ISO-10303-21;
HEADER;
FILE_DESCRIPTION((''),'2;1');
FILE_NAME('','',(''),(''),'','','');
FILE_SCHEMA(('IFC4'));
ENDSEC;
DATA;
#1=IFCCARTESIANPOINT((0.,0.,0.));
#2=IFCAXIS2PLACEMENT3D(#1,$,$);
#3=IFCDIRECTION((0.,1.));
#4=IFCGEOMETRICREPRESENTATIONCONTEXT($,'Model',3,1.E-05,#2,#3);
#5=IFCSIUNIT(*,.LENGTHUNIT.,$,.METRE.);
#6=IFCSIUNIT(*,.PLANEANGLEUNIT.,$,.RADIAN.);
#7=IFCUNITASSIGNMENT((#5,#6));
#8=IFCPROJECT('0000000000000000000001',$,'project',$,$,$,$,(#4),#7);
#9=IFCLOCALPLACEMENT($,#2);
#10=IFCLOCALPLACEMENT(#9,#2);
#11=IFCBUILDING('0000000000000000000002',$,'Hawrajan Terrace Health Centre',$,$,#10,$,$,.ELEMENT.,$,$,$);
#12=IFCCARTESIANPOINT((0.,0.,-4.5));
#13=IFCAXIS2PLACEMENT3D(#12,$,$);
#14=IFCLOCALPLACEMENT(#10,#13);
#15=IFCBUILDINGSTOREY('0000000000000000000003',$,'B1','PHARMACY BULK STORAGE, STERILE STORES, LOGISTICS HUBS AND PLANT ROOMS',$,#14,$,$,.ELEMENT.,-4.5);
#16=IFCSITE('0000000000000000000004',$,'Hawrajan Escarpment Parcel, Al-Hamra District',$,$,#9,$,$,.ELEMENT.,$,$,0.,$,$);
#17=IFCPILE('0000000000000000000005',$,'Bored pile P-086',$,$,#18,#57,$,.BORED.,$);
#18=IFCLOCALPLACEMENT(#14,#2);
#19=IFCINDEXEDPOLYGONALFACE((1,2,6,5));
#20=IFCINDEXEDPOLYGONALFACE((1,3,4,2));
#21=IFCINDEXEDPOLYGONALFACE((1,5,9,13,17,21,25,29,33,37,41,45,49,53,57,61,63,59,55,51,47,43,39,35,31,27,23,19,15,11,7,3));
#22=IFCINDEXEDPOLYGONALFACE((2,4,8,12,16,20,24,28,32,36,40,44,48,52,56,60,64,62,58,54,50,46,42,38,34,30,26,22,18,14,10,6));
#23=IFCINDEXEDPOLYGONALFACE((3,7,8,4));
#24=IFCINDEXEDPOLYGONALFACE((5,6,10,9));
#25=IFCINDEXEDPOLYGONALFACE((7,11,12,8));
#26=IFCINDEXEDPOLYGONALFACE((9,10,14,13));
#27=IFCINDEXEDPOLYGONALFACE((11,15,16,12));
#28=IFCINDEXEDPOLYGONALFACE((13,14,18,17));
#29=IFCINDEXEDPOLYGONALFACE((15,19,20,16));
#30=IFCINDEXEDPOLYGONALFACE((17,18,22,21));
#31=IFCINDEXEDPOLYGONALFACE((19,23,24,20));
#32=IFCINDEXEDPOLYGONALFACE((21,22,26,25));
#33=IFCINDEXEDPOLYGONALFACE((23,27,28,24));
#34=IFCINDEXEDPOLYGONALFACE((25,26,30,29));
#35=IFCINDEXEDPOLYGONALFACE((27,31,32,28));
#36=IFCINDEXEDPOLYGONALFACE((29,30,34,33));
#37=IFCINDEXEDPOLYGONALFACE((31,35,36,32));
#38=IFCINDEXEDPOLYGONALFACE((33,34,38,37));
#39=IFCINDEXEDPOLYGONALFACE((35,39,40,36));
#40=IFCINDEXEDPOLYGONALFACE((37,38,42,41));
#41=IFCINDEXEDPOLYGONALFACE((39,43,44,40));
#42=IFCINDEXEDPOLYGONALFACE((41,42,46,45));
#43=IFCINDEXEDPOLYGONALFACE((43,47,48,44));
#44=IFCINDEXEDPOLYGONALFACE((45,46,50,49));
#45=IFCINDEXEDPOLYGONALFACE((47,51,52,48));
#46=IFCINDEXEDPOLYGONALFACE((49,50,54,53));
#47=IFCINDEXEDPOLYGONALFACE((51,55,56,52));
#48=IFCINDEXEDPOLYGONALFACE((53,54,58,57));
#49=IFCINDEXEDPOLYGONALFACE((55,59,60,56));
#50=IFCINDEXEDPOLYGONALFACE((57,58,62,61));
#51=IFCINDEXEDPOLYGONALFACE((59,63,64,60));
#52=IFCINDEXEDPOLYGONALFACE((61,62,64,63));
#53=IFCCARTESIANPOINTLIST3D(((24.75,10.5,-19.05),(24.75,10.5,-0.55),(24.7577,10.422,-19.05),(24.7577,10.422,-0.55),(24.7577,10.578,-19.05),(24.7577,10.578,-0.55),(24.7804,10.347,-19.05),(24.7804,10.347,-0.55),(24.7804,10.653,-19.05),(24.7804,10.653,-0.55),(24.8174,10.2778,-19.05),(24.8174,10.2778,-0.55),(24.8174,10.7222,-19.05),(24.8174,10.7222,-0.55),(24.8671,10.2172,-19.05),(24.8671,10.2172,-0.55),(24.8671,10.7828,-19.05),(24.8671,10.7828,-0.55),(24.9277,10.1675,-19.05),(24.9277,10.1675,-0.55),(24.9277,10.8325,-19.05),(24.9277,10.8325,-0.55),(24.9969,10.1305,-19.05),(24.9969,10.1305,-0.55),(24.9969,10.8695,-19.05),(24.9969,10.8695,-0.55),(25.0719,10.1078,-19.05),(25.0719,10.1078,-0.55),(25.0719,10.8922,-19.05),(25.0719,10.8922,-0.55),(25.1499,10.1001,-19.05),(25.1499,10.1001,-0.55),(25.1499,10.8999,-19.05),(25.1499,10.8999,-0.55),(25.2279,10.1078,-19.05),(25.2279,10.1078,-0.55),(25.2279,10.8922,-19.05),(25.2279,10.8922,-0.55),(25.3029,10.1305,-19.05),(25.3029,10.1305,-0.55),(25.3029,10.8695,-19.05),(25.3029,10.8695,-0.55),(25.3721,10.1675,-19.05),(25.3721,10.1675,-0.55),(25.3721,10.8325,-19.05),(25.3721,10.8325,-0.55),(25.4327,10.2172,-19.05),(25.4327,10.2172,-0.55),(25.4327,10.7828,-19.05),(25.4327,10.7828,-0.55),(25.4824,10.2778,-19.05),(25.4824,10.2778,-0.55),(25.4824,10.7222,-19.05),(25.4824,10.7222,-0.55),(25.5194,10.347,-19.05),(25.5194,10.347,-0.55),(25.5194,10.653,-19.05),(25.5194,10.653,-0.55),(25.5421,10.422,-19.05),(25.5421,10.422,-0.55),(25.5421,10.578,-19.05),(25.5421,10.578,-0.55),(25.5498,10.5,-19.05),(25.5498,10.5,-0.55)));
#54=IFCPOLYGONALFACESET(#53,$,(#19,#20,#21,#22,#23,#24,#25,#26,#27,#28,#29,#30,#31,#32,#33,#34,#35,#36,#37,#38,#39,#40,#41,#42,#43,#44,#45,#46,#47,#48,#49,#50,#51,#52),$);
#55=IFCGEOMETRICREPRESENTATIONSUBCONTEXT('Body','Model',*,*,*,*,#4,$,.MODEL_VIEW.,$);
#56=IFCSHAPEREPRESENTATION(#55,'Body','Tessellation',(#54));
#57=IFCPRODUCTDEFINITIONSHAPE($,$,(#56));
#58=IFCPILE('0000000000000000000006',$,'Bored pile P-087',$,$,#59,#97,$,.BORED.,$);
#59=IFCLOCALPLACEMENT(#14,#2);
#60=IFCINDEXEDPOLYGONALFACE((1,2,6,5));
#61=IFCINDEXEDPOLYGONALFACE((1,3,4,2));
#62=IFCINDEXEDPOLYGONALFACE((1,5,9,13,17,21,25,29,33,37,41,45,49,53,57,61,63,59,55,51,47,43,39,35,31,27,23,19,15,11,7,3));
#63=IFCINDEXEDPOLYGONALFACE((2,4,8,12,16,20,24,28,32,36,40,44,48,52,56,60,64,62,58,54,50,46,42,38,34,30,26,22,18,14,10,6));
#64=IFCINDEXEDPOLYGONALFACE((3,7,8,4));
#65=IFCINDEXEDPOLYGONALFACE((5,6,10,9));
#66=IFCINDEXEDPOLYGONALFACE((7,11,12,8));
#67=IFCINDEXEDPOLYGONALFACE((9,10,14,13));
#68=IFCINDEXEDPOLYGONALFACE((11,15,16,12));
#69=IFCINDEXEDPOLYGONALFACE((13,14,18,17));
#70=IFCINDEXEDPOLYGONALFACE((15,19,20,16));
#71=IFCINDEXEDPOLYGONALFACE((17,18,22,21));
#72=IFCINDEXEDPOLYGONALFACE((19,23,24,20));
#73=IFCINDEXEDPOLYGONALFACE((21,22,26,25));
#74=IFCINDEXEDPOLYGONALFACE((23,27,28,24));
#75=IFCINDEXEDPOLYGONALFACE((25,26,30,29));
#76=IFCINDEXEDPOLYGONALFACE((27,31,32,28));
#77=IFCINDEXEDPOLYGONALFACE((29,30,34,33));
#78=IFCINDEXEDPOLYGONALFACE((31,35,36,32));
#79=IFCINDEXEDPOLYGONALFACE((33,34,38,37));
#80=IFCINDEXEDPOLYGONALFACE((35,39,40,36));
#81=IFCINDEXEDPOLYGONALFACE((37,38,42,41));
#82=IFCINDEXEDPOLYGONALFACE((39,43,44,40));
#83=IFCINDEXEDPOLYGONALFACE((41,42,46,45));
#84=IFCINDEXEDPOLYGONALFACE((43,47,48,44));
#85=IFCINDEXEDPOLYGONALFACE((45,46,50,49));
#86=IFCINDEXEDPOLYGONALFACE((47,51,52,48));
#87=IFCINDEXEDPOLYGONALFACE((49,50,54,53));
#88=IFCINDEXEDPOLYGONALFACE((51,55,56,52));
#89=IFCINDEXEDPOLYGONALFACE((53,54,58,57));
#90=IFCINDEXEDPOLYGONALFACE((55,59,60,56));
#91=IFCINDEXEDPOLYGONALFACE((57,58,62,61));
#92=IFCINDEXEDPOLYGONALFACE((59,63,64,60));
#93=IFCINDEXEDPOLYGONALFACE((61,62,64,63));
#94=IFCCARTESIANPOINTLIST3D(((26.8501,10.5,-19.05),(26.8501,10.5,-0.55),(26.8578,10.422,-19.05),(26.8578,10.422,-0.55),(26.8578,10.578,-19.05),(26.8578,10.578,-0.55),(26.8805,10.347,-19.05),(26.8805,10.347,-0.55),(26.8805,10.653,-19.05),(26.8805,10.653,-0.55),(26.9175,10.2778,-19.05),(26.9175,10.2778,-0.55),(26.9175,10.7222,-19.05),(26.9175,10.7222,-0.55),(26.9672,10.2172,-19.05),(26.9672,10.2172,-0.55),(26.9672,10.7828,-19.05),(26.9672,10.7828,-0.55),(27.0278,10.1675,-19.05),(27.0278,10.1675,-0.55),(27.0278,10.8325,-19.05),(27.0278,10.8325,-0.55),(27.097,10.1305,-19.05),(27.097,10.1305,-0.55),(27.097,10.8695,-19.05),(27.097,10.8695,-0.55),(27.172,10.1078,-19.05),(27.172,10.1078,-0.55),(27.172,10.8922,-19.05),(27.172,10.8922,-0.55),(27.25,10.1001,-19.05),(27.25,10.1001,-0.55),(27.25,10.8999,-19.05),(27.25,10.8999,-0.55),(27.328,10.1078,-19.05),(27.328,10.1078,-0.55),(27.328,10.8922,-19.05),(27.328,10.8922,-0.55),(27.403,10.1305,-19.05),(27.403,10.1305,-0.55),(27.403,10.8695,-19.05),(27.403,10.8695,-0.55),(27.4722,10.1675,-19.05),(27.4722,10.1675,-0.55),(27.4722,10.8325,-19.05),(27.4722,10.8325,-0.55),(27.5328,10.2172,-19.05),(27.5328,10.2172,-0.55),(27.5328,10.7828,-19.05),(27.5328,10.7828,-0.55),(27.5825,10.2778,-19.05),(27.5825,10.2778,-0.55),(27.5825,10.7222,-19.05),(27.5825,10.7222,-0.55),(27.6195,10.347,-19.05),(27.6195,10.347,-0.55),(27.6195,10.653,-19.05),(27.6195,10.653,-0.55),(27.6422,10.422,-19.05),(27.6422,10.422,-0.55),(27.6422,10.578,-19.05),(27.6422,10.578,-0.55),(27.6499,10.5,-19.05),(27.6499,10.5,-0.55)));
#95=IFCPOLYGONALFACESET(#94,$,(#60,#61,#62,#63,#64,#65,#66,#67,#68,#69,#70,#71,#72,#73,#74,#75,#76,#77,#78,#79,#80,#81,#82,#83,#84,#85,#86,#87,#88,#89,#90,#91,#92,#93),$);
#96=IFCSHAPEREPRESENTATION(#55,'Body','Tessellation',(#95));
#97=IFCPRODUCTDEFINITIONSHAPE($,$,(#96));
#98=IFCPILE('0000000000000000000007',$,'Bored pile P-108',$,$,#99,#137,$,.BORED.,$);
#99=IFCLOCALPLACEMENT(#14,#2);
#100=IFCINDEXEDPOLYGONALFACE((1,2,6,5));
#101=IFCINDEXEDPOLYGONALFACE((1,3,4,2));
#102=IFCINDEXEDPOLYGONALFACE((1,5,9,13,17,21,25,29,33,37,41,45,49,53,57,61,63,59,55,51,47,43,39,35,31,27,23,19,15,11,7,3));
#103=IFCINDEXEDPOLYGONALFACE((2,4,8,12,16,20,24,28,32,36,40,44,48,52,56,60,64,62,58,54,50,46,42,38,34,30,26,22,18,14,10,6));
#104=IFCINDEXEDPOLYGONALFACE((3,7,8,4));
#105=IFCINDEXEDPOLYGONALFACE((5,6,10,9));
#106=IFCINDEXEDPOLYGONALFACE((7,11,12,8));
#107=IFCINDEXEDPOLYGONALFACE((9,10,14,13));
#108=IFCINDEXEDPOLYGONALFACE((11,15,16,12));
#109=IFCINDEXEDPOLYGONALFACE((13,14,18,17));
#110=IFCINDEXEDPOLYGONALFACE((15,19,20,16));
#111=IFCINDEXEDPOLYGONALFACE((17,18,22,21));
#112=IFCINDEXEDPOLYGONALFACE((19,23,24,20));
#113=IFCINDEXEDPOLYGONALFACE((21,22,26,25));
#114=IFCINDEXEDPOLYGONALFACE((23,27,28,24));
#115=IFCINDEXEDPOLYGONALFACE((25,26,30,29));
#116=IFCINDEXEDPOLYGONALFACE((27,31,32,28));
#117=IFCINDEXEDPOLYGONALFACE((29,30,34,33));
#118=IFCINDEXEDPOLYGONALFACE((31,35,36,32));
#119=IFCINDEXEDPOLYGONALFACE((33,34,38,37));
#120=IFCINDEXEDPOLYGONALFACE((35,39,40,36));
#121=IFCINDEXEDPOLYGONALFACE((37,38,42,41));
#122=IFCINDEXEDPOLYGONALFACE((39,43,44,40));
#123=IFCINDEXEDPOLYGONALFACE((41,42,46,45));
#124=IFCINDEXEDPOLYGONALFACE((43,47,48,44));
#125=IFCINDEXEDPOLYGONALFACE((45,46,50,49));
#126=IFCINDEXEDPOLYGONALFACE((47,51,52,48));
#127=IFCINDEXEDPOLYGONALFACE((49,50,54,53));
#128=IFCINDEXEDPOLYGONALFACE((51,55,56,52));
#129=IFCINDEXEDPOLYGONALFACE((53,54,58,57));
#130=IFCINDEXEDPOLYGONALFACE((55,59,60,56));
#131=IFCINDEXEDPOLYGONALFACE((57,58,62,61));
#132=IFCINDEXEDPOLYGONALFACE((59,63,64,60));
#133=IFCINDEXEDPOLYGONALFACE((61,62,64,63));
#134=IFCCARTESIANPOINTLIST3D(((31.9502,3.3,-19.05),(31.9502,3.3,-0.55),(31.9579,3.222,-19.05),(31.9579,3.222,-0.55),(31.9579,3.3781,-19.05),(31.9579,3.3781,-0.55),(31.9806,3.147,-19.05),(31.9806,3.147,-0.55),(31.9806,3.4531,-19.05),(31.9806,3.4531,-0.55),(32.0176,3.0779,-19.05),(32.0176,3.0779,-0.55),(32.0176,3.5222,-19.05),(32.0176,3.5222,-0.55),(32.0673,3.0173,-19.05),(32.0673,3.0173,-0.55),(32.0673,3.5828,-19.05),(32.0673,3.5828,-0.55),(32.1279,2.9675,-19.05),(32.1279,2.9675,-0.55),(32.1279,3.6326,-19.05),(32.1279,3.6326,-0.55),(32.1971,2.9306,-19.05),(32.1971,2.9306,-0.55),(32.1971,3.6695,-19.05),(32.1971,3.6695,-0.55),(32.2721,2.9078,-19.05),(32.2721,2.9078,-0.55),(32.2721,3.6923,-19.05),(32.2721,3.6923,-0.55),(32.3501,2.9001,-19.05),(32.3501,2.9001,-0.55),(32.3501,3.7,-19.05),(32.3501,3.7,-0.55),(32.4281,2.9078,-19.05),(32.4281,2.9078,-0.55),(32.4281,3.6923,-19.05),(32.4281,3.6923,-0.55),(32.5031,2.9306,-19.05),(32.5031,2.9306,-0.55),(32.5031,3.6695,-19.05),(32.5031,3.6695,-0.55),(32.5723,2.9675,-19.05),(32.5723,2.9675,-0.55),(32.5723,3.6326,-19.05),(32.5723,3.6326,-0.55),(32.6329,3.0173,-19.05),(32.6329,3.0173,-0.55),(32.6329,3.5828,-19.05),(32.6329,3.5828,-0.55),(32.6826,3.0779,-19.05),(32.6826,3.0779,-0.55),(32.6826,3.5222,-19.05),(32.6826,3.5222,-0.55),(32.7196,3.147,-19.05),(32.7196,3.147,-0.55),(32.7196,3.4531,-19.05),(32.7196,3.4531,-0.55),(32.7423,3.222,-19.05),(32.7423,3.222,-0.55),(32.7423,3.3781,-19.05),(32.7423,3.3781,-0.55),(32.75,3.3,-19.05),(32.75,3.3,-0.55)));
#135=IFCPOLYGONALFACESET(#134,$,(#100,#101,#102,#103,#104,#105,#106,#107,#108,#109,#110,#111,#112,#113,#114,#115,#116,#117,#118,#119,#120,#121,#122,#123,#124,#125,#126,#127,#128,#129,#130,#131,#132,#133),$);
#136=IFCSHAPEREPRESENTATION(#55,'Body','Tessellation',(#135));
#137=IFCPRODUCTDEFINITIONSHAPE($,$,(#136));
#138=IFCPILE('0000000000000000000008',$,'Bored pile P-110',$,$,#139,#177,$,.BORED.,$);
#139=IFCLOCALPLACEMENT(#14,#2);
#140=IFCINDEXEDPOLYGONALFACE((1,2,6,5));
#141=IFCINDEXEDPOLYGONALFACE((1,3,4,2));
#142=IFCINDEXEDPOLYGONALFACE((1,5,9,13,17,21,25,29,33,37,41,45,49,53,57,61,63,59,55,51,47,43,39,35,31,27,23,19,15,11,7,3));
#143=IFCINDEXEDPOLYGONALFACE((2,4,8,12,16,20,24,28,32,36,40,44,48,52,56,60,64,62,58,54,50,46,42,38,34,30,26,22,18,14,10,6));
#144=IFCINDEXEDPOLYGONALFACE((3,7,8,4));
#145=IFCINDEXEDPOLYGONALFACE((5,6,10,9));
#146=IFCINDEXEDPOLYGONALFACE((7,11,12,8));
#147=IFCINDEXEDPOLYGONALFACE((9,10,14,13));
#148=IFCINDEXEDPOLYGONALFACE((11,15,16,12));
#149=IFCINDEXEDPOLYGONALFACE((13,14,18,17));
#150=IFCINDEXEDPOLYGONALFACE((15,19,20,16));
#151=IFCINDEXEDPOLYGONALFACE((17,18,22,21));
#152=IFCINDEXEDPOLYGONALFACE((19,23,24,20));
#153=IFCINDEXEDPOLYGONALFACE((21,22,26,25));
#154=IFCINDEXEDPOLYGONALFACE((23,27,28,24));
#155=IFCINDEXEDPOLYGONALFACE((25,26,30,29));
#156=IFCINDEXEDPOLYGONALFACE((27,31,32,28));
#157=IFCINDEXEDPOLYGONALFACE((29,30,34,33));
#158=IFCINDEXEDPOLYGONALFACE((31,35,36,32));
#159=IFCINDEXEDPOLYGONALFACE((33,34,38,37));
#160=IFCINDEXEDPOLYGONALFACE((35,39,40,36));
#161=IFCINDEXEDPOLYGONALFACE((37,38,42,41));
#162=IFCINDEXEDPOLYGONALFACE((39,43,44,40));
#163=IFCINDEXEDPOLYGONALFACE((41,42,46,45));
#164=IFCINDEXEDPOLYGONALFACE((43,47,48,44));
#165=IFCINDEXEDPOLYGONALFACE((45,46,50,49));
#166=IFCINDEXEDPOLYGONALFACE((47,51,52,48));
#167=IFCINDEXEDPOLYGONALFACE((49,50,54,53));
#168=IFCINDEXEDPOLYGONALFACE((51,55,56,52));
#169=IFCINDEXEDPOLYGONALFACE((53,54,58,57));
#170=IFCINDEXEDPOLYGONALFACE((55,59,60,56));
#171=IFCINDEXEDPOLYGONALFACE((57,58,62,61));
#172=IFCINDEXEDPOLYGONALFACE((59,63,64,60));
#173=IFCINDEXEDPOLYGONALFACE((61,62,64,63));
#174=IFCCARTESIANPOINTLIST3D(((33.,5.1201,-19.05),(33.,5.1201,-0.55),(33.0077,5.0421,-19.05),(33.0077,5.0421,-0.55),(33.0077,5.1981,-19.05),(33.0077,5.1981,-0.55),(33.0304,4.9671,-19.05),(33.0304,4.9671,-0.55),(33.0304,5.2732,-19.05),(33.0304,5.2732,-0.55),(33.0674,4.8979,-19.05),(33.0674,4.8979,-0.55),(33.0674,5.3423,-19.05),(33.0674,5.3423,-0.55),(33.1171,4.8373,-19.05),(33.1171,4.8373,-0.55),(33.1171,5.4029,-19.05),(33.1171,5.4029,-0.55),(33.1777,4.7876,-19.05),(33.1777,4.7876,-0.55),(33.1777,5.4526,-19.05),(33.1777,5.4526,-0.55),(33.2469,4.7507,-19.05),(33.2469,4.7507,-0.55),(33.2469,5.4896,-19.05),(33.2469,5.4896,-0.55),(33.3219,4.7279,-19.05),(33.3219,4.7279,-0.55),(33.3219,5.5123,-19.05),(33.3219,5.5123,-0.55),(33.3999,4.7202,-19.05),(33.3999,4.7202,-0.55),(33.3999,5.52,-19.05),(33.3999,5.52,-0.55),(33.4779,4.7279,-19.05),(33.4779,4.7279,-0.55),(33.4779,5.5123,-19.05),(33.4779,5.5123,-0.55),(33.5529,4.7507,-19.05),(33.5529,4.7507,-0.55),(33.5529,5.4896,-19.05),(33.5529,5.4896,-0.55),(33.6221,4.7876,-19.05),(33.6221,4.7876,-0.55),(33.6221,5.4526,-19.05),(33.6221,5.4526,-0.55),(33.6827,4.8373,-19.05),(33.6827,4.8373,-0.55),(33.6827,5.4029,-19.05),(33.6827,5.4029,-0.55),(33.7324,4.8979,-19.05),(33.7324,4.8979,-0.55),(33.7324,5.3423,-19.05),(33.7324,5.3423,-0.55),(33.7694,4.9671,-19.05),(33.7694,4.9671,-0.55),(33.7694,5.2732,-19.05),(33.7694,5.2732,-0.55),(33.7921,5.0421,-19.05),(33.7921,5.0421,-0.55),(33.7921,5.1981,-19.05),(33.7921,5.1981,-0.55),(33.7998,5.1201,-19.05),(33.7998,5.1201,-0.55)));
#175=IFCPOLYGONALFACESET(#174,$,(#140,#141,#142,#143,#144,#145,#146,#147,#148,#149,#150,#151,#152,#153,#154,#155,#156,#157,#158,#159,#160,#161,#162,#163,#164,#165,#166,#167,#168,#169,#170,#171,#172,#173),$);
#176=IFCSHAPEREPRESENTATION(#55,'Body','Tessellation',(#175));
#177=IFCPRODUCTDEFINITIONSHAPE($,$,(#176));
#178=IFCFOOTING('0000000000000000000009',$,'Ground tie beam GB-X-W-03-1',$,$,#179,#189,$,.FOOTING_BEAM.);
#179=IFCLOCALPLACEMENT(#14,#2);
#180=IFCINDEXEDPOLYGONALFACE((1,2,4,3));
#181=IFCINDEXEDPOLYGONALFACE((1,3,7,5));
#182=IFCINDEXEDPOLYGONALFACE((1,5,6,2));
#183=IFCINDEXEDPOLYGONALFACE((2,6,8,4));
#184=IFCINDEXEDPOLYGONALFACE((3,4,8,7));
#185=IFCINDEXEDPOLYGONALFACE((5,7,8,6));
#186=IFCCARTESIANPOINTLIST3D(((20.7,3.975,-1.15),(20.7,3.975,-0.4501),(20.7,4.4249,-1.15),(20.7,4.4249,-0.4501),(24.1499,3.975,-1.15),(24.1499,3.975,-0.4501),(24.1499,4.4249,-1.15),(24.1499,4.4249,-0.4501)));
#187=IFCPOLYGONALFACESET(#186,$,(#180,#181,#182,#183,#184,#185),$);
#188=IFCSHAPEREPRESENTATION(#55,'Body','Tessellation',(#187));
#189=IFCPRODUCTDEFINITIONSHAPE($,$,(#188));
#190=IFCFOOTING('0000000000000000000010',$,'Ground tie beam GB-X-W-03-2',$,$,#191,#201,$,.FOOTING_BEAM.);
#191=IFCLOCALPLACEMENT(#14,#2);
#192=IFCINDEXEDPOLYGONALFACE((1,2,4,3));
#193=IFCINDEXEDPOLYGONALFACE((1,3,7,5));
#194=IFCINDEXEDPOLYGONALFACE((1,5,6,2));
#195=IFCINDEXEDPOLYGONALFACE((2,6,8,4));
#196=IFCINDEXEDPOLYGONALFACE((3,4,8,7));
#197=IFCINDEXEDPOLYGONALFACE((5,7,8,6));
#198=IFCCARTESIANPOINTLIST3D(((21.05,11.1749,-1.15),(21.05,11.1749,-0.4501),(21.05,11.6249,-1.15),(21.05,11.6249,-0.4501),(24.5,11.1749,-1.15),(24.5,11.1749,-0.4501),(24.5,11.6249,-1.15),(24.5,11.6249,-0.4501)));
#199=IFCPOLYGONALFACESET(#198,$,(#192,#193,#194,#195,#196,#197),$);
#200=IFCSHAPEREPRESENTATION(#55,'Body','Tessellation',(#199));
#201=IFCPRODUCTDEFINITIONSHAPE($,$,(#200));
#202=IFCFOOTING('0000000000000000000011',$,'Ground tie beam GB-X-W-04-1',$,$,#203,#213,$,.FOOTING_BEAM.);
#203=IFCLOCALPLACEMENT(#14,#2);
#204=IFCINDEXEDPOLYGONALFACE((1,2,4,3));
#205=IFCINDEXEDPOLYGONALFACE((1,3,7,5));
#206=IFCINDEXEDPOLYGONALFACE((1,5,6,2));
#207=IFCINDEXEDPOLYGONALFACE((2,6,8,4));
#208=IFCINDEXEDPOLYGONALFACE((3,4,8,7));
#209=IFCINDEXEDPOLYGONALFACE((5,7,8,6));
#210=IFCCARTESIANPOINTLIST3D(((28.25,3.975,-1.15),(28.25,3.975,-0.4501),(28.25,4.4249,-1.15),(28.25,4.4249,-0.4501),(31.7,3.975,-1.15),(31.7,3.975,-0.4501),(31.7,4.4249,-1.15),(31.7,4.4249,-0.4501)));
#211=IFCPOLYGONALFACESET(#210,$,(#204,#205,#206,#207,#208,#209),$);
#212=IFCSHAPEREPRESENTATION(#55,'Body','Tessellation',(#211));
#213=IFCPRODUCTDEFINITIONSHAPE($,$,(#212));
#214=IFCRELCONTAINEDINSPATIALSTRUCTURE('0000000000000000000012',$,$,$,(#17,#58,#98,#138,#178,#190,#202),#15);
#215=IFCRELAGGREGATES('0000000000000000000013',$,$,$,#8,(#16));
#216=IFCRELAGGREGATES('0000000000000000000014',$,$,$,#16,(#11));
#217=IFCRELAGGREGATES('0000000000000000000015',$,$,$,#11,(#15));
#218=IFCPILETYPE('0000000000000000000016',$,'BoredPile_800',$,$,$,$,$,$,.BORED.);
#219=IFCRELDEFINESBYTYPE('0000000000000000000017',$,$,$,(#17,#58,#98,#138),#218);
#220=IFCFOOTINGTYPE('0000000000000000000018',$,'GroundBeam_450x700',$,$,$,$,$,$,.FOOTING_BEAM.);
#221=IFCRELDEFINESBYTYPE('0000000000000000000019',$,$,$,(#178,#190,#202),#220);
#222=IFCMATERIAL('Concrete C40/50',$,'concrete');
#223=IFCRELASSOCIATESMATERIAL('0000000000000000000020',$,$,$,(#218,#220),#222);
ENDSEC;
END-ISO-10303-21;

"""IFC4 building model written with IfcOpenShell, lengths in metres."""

from ifc_helpers import new_model, si_unit, direction, frame, origin, origin_2d, place, context, subcontext, project, spatial, rectangle, circle, extrude, material, material_profile, profile_set, type_object, element, save


model = new_model("IFC4")

# Units and contexts
model_context = context("Model", 3, precision=1e-05, world=origin(), true_north=direction((0.0, 1.0)))
body_context = subcontext(model_context, "Body", "Model", "MODEL_VIEW")
ifc_project = project(units=[si_unit("LENGTHUNIT", "METRE"), si_unit("PLANEANGLEUNIT", "RADIAN")], contexts=[model_context])

# Site, building, storey
site_placement = place(None, origin())
site = spatial("IfcSite", under=ifc_project, at=site_placement, Name="Hawrajan Escarpment Parcel, Al-Hamra District", CompositionType="ELEMENT", RefElevation=0.0)
building_placement = place(site_placement, origin())
building = spatial("IfcBuilding", under=site, at=building_placement, Name="Hawrajan Terrace Health Centre", CompositionType="ELEMENT")
storey_placement = place(building_placement, frame((0.0, 0.0, -4.5)))
storey = spatial("IfcBuildingStorey", under=building, at=storey_placement, Name="B1", Description="PHARMACY BULK STORAGE, STERILE STORES, LOGISTICS HUBS AND PLANT ROOMS", CompositionType="ELEMENT", Elevation=-4.5)

# Piles
ifc_material_1 = material(Name="Concrete C40/50", Category="concrete")
ifc_material_profile_1 = material_profile(ifc_material_1, circle(Radius=0.3999, at=origin_2d()), Name="BP 800")
ifc_profile_set_1 = profile_set([ifc_material_profile_1], Name="Concrete C40/50")
pile_type_1 = type_object("IfcPileType", Name="BoredPile_800", PredefinedType="BORED", material=ifc_profile_set_1)
for number, where, z_axis, x_axis, name in (
    (1, (25.1499, 10.5, -0.55), (0.0, 0.0, -1.0), (1.0, 0.0, 0.0), "Bored pile P-086"),
    (2, (27.25, 10.5, -0.55), (0.0, 0.0, -1.0), (1.0, 0.0, 0.0), "Bored pile P-087"),
    (3, (32.3501, 3.3, -0.55), (0.0, 0.0, -1.0), (1.0, 0.0, 0.0), "Bored pile P-108"),
    (4, (33.3999, 5.1201, -0.55), (0.0, 0.0, -1.0), (1.0, 0.0, 0.0), "Bored pile P-110"),
):
    element("IfcPile", number, at=place(storey_placement, frame(where, z_axis=z_axis, x_axis=x_axis)), inside=storey, type_object=pile_type_1, Name=name, PredefinedType="BORED", context=body_context, shape_type="SweptSolid", body=[
        extrude(circle(Radius=0.3999, at=origin_2d()), origin(), (0.0, 0.0, 1.0), 18.5),
    ])

# Footings
ifc_material_profile_2 = material_profile(ifc_material_1, rectangle(XDim=0.45, YDim=0.7, at=origin_2d()), Name="RC BM 450x700")
ifc_profile_set_2 = profile_set([ifc_material_profile_2], Name="Concrete C40/50")
footing_type_1 = type_object("IfcFootingType", Name="GroundBeam_450x700", PredefinedType="FOOTING_BEAM", material=ifc_profile_set_2)
for number, where, z_axis, x_axis, name in (
    (5, (20.7, 4.2, -0.8), (1.0, 0.0, 0.0), (0.0, 1.0, 0.0), "Ground tie beam GB-X-W-03-1"),
    (6, (21.05, 11.3999, -0.8), (1.0, 0.0, 0.0), (0.0, 1.0, 0.0), "Ground tie beam GB-X-W-03-2"),
    (7, (28.25, 4.2, -0.8), (1.0, 0.0, 0.0), (0.0, 1.0, 0.0), "Ground tie beam GB-X-W-04-1"),
):
    element("IfcFooting", number, at=place(storey_placement, frame(where, z_axis=z_axis, x_axis=x_axis)), inside=storey, type_object=footing_type_1, Name=name, PredefinedType="FOOTING_BEAM", context=body_context, shape_type="SweptSolid", body=[
        extrude(rectangle(XDim=0.45, YDim=0.7, at=origin_2d()), origin(), (0.0, 0.0, 1.0), 3.45),
    ])

save(model, "model.ifc")
